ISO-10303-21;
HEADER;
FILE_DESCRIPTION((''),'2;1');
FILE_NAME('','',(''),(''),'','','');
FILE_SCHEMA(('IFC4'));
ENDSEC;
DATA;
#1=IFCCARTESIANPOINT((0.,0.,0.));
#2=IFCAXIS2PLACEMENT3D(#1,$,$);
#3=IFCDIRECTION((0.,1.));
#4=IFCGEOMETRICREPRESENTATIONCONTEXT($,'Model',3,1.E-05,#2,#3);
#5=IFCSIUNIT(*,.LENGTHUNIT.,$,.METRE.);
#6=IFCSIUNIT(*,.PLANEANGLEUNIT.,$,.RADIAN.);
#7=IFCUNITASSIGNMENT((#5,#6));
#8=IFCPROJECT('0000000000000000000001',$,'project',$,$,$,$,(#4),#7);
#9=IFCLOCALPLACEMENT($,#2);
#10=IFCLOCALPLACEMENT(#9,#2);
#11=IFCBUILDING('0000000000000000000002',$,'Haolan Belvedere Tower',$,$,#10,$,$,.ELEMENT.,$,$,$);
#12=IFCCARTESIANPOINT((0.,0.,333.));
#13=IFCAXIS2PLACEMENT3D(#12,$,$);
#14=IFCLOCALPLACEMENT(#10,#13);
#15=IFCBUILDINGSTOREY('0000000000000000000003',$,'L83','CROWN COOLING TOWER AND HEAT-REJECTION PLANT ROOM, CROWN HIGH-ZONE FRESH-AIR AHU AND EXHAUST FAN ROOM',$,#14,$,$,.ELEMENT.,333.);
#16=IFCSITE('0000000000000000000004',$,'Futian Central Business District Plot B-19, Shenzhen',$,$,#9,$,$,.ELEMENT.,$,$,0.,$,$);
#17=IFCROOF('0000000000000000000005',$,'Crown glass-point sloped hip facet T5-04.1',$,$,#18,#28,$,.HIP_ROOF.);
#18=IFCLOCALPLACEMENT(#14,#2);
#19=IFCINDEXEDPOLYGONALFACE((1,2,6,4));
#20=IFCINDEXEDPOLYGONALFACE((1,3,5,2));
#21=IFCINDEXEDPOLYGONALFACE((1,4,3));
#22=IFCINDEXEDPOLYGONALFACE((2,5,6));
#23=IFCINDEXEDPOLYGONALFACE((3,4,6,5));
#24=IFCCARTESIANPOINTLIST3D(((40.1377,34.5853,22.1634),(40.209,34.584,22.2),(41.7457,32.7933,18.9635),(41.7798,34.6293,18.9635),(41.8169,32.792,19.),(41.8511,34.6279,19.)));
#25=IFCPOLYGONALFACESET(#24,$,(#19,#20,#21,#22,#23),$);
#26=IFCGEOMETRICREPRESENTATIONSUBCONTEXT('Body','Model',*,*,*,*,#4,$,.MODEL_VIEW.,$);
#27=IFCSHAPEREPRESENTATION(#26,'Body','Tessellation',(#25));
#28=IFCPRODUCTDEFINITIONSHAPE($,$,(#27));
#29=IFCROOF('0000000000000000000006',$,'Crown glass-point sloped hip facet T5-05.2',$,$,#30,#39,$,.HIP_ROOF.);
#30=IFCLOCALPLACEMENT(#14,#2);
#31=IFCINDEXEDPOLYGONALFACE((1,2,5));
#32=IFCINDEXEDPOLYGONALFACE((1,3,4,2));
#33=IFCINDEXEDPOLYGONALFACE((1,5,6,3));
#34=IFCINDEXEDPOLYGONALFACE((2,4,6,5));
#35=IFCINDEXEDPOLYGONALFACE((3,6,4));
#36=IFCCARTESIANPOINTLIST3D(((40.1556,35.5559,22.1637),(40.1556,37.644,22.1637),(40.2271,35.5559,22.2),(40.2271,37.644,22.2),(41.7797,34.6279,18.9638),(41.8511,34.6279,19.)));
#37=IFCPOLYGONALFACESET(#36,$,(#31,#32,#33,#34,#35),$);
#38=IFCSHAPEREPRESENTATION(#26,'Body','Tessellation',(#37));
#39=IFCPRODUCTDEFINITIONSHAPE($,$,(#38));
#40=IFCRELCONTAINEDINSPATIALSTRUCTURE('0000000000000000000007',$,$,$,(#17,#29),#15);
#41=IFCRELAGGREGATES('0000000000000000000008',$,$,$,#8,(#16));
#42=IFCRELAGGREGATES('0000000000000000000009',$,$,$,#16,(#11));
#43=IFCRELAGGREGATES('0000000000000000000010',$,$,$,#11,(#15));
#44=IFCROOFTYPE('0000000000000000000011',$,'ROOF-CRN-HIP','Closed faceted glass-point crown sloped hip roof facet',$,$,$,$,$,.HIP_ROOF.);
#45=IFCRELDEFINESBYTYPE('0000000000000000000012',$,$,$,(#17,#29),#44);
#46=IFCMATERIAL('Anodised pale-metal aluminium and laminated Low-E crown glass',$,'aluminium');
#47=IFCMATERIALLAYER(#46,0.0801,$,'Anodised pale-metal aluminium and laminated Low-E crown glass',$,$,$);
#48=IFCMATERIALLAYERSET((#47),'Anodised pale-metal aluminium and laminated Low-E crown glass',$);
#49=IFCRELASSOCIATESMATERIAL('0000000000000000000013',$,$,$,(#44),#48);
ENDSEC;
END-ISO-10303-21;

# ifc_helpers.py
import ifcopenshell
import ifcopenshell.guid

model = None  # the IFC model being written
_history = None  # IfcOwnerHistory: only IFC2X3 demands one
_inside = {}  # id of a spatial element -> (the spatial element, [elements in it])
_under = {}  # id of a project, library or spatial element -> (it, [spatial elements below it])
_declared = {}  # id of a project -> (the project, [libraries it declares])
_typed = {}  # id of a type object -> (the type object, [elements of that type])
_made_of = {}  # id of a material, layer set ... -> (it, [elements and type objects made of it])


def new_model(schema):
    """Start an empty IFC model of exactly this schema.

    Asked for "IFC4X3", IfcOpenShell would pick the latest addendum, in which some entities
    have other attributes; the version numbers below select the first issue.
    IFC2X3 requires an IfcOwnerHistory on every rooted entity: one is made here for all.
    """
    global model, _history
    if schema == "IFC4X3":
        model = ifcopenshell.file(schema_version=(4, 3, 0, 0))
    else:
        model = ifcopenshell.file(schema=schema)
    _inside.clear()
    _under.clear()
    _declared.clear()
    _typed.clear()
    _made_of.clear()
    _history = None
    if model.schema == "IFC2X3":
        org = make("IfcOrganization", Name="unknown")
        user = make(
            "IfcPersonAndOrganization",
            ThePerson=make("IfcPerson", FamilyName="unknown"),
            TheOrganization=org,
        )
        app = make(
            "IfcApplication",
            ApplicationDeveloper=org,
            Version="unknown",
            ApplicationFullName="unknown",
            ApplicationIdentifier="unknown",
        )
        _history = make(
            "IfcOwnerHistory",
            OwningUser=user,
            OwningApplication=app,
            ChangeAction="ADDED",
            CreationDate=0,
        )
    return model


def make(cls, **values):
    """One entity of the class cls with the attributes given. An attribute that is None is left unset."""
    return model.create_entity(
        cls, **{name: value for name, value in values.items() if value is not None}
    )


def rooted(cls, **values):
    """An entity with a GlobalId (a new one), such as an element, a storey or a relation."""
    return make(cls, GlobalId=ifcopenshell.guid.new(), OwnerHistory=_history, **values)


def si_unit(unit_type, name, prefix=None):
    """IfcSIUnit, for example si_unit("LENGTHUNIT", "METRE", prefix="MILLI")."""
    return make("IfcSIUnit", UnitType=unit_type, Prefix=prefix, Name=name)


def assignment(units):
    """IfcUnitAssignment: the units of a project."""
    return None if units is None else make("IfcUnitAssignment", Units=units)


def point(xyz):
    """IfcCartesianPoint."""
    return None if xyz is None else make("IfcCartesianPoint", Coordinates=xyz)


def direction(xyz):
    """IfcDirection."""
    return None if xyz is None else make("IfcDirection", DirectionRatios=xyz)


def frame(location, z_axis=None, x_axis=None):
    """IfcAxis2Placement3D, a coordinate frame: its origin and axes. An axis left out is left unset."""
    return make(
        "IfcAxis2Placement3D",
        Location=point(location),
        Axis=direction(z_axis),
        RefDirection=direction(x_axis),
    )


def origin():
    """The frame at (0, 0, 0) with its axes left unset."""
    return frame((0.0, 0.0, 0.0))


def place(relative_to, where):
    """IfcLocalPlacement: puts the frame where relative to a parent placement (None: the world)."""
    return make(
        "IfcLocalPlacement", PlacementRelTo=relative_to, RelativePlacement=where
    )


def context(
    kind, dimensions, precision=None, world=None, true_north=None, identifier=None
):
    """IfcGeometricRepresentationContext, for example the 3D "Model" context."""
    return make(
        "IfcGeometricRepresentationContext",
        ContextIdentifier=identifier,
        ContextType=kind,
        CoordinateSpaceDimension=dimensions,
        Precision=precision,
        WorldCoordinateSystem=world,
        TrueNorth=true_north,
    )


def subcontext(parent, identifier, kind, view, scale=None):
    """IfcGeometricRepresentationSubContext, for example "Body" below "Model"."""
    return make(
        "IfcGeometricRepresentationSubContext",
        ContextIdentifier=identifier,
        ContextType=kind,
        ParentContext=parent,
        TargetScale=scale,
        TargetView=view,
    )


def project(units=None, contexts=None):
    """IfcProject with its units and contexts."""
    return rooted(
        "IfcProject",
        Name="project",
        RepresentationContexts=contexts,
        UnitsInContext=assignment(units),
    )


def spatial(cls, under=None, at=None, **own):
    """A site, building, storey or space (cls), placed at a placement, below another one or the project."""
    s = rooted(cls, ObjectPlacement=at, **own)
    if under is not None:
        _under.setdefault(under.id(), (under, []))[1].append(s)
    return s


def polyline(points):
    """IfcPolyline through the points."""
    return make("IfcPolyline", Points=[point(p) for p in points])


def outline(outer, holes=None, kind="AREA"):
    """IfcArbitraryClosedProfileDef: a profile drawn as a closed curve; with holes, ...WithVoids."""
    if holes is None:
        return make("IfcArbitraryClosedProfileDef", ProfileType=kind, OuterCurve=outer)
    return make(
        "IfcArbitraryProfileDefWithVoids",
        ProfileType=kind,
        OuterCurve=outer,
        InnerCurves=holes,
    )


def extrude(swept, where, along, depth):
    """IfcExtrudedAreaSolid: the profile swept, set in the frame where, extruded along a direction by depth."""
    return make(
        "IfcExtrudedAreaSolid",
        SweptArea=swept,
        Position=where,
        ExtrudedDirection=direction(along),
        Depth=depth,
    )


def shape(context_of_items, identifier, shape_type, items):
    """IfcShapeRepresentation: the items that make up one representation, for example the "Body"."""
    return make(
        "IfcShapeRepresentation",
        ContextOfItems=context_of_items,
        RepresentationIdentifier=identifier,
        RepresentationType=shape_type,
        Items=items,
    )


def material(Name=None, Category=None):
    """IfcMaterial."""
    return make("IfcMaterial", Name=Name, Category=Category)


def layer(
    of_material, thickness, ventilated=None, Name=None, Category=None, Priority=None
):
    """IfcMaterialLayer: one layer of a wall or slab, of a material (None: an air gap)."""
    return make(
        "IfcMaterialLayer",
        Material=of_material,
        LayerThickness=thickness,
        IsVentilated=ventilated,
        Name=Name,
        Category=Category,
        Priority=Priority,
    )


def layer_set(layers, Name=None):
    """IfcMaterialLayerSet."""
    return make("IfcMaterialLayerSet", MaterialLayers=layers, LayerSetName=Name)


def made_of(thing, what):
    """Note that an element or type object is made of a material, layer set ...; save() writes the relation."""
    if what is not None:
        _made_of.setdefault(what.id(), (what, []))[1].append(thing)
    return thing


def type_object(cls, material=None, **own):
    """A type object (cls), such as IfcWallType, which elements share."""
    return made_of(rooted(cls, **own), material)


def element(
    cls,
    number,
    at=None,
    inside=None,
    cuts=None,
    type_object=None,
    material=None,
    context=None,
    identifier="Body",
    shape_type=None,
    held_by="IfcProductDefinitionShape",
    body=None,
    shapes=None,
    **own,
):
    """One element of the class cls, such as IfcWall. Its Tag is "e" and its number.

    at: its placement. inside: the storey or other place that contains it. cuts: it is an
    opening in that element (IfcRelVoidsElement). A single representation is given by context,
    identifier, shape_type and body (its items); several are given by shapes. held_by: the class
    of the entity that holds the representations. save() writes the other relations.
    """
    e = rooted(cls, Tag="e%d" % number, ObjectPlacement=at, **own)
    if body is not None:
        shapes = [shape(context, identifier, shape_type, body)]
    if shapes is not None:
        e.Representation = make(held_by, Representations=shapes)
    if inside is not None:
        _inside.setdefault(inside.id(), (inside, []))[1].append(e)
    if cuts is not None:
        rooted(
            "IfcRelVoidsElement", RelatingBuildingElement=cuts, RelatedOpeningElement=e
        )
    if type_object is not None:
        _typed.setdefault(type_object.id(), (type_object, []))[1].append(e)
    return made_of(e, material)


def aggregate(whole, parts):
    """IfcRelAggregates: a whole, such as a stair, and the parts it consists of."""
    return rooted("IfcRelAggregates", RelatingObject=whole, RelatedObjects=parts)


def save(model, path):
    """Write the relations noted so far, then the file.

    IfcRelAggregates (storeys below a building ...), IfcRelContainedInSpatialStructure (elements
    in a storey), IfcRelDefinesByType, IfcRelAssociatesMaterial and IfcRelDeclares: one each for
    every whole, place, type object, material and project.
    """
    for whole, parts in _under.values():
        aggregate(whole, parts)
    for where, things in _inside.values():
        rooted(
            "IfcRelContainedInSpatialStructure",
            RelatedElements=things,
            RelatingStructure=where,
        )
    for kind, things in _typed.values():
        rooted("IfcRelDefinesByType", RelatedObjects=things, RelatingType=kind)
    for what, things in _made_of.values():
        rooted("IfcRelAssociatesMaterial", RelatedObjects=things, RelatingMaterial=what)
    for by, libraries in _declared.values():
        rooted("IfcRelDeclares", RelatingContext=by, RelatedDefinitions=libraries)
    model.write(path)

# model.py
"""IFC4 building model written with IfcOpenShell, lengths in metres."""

from ifc_helpers import new_model, si_unit, direction, frame, origin, place, context, subcontext, project, spatial, polyline, outline, extrude, material, layer, layer_set, type_object, element, save


model = new_model("IFC4")

# Units and contexts
model_context = context("Model", 3, precision=1e-05, world=origin(), true_north=direction((0.0, 1.0)))
body_context = subcontext(model_context, "Body", "Model", "MODEL_VIEW")
ifc_project = project(units=[si_unit("LENGTHUNIT", "METRE"), si_unit("PLANEANGLEUNIT", "RADIAN")], contexts=[model_context])

# Site, building, storey
site_placement = place(None, origin())
site = spatial("IfcSite", under=ifc_project, at=site_placement, Name="Futian Central Business District Plot B-19, Shenzhen", CompositionType="ELEMENT", RefElevation=0.0)
building_placement = place(site_placement, origin())
building = spatial("IfcBuilding", under=site, at=building_placement, Name="Haolan Belvedere Tower", CompositionType="ELEMENT")
storey_placement = place(building_placement, frame((0.0, 0.0, 333.0)))
storey = spatial("IfcBuildingStorey", under=building, at=storey_placement, Name="L83", Description="CROWN COOLING TOWER AND HEAT-REJECTION PLANT ROOM, CROWN HIGH-ZONE FRESH-AIR AHU AND EXHAUST FAN ROOM", CompositionType="ELEMENT", Elevation=333.0)

# Roofs
ifc_material_1 = material(Name="Anodised pale-metal aluminium and laminated Low-E crown glass", Category="aluminium")
ifc_layer_1 = layer(ifc_material_1, 0.0801, Name="Anodised pale-metal aluminium and laminated Low-E crown glass")
ifc_layer_set_1 = layer_set([ifc_layer_1], Name="Anodised pale-metal aluminium and laminated Low-E crown glass")
roof_type_1 = type_object("IfcRoofType", Name="ROOF-CRN-HIP", Description="Closed faceted glass-point crown sloped hip roof facet", PredefinedType="HIP_ROOF", material=ifc_layer_set_1)
roof_1_placement = place(storey_placement, frame((41.8169, 32.792, 19.0), z_axis=(0.889665, -0.016563, 0.456314), x_axis=(0.018614, 0.999827, 0.0)))
element("IfcRoof", 1, at=roof_1_placement, inside=storey, type_object=roof_type_1, Name="Crown glass-point sloped hip facet T5-04.1", PredefinedType="HIP_ROOF", context=body_context, shape_type="SweptSolid", body=[
    extrude(outline(polyline([(0.0, 0.0), (1.8363, 0.0), (1.7618, 3.5962), (0.0, 0.0)])), origin(), (0.0, 0.0, -1.0), 0.0801),
])
roof_2_placement = place(storey_placement, frame((41.8511, 34.6279, 19.0), z_axis=(0.891731, 0.0, 0.452567), x_axis=(-0.346447, 0.643417, 0.682634)))
element("IfcRoof", 2, at=roof_2_placement, inside=storey, type_object=roof_type_1, Name="Crown glass-point sloped hip facet T5-05.2", PredefinedType="HIP_ROOF", context=body_context, shape_type="SweptSolid", body=[
    extrude(outline(polyline([(0.0, 0.0), (4.6877, 0.0), (3.3441, 1.5985), (0.0, 0.0)])), origin(), (0.0, 0.0, -1.0), 0.0801),
])

save(model, "model.ifc")
